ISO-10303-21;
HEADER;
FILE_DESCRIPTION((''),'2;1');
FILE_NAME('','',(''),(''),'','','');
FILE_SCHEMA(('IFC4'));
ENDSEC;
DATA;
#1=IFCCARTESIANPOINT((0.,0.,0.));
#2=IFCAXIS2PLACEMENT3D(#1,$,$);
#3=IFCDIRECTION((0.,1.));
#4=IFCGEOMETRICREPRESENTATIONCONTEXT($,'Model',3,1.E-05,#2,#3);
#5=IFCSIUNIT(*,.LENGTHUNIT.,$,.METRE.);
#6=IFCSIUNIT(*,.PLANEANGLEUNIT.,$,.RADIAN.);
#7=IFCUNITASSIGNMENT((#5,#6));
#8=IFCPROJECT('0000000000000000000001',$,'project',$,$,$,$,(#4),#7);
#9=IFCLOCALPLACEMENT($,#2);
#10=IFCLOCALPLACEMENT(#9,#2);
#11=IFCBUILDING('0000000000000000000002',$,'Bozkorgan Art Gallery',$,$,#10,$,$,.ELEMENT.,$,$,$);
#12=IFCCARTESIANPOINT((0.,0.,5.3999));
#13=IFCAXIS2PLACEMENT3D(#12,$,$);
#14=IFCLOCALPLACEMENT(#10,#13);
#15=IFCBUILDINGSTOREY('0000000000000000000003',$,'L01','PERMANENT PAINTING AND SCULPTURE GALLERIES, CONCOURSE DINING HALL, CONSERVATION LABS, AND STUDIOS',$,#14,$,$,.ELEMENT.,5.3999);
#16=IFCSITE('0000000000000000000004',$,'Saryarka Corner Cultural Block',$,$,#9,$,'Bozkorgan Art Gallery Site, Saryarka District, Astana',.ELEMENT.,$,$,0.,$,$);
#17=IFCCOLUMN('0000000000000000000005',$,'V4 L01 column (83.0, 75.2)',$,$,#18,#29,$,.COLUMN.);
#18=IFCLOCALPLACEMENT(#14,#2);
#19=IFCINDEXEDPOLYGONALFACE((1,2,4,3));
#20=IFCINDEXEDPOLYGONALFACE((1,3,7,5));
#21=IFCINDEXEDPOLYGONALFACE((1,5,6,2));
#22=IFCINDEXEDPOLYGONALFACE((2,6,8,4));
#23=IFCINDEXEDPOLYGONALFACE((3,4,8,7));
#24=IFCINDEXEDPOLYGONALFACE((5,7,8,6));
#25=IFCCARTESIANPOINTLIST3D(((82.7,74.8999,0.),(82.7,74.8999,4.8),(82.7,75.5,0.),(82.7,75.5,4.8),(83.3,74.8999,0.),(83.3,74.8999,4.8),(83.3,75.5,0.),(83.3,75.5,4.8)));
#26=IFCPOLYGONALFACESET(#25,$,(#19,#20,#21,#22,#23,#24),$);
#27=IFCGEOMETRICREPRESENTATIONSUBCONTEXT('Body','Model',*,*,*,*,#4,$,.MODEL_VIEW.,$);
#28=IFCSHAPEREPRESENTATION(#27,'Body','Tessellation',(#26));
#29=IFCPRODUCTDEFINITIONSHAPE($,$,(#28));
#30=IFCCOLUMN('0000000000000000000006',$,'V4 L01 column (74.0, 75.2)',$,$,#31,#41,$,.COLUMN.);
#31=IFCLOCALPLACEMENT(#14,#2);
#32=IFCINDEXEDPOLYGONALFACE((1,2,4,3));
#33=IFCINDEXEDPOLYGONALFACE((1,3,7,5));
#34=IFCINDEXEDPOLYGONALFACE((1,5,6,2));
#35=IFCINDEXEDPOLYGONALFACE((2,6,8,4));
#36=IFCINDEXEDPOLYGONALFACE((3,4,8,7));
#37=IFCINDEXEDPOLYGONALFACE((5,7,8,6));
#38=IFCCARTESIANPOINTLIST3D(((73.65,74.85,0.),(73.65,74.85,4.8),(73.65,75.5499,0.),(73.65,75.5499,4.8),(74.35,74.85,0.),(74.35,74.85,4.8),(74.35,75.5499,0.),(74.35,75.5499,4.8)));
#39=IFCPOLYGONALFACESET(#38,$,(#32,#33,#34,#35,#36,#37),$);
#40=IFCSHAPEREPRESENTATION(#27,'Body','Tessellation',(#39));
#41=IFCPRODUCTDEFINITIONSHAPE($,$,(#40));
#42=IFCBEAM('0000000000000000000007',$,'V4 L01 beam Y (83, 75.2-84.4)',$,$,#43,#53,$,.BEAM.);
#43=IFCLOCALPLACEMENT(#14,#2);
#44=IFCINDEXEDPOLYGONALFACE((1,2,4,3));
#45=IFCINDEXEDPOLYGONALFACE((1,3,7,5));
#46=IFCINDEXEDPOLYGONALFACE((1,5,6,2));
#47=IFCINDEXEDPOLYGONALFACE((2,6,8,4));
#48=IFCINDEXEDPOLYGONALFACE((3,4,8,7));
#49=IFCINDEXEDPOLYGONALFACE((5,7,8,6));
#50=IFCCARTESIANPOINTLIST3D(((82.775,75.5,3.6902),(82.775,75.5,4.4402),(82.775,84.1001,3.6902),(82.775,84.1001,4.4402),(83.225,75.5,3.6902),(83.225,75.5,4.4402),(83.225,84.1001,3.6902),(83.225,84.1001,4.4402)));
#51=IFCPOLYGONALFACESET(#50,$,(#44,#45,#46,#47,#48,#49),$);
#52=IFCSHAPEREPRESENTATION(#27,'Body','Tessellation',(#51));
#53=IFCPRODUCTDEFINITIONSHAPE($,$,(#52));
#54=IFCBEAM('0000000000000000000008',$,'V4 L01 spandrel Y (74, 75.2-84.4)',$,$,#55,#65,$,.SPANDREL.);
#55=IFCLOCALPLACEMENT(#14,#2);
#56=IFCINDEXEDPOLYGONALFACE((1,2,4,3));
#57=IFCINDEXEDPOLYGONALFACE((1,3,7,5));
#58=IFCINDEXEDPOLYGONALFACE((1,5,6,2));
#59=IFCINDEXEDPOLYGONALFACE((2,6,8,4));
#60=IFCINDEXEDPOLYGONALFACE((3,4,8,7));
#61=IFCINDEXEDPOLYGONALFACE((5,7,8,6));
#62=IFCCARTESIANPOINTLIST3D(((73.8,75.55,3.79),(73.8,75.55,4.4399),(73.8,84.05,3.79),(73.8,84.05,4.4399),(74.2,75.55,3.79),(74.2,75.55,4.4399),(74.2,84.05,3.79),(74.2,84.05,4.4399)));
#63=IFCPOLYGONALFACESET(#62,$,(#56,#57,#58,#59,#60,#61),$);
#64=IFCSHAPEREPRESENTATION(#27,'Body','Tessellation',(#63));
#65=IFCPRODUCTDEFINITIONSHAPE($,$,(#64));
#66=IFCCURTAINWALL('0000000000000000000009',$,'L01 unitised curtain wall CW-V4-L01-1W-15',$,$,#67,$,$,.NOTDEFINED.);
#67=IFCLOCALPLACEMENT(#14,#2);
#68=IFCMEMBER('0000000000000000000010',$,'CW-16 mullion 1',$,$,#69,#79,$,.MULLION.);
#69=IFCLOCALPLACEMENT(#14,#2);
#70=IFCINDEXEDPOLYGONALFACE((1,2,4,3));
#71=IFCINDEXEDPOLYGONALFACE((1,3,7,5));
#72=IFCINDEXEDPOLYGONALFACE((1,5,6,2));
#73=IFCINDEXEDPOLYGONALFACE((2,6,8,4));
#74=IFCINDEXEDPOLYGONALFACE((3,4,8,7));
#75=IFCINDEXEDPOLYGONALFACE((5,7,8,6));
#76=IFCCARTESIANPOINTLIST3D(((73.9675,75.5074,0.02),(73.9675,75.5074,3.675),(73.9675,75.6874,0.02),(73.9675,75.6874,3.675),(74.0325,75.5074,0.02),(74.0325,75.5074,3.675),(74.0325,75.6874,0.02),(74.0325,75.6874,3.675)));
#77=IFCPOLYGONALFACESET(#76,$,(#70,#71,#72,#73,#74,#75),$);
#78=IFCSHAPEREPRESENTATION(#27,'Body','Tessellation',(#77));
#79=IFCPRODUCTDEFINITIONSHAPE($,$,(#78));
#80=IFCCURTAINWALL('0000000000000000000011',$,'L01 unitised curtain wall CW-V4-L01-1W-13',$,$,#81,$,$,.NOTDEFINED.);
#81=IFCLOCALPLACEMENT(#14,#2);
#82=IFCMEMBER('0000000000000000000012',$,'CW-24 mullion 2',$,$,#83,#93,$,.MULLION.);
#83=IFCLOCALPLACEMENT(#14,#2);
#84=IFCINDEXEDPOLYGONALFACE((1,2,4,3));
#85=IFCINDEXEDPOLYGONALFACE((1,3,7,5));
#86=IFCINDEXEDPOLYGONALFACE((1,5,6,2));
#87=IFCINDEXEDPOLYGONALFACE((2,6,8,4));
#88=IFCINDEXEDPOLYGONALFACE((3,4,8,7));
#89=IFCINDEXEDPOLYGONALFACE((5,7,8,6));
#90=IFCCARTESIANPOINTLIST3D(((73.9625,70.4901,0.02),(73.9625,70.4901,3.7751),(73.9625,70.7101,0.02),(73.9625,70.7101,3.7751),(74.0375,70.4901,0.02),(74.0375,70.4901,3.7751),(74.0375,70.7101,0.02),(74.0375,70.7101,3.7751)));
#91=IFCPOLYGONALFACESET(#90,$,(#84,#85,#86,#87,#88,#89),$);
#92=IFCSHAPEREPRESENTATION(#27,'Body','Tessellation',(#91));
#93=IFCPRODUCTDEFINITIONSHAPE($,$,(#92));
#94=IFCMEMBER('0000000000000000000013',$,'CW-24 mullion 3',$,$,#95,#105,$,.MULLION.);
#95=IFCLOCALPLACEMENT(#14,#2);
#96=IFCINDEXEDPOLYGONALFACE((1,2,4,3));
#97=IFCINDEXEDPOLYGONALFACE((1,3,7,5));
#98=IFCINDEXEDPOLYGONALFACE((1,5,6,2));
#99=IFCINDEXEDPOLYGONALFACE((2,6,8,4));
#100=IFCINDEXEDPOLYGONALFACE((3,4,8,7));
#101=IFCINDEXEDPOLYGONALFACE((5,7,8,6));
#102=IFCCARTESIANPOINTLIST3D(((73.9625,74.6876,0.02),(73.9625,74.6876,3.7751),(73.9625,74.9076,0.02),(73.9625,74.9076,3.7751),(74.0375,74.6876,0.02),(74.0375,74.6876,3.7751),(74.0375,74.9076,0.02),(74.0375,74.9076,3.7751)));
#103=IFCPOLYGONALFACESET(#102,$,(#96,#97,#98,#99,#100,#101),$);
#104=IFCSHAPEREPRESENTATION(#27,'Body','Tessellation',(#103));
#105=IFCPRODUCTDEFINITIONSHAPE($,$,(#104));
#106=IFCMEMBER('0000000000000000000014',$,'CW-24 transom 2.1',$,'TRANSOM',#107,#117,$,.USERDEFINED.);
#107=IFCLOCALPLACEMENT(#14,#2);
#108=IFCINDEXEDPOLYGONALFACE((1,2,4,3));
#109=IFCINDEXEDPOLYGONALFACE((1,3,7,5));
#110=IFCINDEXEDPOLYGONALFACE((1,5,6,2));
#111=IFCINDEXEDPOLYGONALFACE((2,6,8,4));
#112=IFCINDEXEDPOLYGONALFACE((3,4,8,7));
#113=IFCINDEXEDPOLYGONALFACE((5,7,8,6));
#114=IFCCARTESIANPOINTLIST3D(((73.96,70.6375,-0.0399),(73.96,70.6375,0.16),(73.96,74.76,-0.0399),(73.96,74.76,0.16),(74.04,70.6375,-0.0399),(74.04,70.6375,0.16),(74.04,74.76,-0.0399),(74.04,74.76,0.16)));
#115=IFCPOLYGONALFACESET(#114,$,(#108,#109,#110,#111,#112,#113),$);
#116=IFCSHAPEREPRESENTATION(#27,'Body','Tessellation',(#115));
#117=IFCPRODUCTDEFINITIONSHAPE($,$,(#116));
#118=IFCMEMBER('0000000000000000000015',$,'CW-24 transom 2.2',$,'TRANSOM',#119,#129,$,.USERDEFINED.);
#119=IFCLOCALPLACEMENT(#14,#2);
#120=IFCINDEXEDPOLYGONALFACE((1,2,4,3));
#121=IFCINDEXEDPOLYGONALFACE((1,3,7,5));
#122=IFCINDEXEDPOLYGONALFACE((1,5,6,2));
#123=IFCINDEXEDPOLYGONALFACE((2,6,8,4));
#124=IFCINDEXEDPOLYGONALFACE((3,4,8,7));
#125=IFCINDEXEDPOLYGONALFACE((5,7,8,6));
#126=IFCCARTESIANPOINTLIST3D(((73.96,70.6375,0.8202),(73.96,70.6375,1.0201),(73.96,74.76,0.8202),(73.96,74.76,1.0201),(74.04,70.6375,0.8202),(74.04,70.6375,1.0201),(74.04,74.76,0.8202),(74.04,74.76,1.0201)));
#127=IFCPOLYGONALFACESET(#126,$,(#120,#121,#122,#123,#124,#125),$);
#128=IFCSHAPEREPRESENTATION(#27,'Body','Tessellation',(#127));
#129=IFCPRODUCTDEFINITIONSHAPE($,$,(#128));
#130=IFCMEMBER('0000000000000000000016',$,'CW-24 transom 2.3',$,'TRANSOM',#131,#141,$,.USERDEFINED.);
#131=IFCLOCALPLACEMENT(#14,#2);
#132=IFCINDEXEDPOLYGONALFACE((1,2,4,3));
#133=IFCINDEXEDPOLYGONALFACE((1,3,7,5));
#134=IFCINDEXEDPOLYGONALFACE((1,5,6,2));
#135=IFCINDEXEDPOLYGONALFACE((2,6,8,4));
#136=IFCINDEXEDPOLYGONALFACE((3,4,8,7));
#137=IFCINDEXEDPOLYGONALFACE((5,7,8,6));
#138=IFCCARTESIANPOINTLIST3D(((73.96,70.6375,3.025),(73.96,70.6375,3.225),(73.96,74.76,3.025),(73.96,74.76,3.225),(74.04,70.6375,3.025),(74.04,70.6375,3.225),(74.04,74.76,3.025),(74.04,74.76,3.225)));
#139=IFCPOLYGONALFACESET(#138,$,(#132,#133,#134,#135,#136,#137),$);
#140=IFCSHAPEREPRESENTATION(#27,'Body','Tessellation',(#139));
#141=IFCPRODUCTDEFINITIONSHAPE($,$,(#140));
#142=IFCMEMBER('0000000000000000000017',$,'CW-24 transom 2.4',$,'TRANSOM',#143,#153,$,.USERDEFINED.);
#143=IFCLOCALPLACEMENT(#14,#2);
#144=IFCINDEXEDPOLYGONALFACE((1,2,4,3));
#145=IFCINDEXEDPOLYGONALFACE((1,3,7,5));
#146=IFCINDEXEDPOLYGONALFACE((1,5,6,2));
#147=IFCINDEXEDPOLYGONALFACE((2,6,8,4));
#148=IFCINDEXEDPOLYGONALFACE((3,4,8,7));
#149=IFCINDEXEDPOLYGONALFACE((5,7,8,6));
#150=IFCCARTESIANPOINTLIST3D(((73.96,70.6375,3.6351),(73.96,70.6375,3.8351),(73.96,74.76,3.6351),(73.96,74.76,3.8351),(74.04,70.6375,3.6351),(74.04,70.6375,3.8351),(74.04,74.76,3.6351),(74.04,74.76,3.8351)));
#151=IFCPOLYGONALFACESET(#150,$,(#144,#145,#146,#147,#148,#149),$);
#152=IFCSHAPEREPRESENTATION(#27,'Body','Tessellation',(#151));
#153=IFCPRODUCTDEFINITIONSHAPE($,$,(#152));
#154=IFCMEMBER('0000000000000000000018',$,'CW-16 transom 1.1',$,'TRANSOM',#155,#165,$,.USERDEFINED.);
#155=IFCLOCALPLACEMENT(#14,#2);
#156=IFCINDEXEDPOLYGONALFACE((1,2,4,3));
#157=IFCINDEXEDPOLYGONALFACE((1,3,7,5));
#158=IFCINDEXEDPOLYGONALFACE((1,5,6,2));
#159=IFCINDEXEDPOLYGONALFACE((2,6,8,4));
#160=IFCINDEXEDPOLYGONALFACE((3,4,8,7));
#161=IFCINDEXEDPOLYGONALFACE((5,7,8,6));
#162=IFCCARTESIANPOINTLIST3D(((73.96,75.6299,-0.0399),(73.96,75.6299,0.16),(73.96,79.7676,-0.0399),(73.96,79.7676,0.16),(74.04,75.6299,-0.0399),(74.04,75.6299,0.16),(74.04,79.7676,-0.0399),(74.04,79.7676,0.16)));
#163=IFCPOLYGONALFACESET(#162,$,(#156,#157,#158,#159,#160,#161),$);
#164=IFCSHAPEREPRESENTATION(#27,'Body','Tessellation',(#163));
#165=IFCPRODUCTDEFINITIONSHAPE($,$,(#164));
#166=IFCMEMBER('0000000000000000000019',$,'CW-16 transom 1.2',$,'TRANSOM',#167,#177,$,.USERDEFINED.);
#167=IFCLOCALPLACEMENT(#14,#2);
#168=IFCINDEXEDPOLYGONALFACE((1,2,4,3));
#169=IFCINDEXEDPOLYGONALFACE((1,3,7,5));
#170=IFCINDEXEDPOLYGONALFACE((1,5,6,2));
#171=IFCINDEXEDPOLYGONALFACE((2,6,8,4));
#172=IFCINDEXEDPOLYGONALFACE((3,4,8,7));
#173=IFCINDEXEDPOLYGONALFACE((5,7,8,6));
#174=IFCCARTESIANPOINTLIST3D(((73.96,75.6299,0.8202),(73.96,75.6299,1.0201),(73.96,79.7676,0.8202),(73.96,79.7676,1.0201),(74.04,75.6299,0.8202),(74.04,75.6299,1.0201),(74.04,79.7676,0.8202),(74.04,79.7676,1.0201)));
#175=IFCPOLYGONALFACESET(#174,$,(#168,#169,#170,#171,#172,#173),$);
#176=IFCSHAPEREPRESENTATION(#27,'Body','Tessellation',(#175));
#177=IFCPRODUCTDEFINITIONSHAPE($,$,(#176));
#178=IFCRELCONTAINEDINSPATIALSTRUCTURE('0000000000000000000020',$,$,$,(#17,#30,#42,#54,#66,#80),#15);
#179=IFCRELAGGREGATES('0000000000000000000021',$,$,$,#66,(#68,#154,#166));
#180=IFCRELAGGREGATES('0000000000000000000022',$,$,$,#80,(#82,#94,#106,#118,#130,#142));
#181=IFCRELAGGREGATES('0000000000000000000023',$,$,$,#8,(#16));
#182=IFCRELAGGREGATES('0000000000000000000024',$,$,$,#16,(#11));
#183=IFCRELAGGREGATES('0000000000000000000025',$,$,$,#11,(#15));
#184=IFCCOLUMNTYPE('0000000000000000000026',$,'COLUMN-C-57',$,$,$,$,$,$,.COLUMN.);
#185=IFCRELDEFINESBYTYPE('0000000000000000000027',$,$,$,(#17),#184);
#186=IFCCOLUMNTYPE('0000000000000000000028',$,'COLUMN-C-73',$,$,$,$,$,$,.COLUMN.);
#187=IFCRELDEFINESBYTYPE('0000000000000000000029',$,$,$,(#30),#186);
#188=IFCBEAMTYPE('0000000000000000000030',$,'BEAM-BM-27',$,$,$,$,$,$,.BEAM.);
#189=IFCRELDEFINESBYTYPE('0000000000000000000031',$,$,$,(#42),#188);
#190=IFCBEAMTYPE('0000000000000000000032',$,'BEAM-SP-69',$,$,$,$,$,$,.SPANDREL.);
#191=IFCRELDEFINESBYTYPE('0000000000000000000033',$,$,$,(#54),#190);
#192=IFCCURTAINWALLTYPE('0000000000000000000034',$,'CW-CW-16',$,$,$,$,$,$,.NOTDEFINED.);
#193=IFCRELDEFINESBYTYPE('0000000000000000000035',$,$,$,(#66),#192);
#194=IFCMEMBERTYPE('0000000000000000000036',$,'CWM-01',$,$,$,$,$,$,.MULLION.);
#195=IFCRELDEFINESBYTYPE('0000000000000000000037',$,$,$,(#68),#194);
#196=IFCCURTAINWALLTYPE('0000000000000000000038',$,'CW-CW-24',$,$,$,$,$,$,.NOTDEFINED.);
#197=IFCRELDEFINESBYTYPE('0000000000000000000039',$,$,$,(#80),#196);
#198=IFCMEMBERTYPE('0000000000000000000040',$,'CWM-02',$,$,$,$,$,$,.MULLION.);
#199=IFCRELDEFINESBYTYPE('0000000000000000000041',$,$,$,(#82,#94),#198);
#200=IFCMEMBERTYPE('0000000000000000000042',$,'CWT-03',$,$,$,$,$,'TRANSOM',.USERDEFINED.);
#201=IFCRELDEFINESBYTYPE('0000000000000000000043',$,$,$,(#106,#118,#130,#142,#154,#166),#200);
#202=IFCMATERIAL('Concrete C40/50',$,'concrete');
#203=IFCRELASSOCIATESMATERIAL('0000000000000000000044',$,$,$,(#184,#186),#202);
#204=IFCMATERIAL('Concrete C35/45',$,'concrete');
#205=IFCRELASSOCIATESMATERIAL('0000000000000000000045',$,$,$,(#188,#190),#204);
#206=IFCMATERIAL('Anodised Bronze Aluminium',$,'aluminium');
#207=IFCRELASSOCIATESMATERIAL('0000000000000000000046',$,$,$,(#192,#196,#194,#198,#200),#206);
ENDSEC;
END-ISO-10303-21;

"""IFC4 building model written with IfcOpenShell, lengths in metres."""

from ifc_helpers import new_model, si_unit, direction, frame, origin, origin_2d, place, context, subcontext, project, spatial, rectangle, extrude, material, material_profile, profile_set, type_object, element, aggregate, save


model = new_model("IFC4")

# Units and contexts
model_context = context("Model", 3, precision=1e-05, world=origin(), true_north=direction((0.0, 1.0)))
body_context = subcontext(model_context, "Body", "Model", "MODEL_VIEW")
ifc_project = project(units=[si_unit("LENGTHUNIT", "METRE"), si_unit("PLANEANGLEUNIT", "RADIAN")], contexts=[model_context])

# Site, building, storey
site_placement = place(None, origin())
site = spatial("IfcSite", under=ifc_project, at=site_placement, Name="Saryarka Corner Cultural Block", LongName="Bozkorgan Art Gallery Site, Saryarka District, Astana", CompositionType="ELEMENT", RefElevation=0.0)
building_placement = place(site_placement, origin())
building = spatial("IfcBuilding", under=site, at=building_placement, Name="Bozkorgan Art Gallery", CompositionType="ELEMENT")
storey_placement = place(building_placement, frame((0.0, 0.0, 5.3999)))
storey = spatial("IfcBuildingStorey", under=building, at=storey_placement, Name="L01", Description="PERMANENT PAINTING AND SCULPTURE GALLERIES, CONCOURSE DINING HALL, CONSERVATION LABS, AND STUDIOS", CompositionType="ELEMENT", Elevation=5.3999)

# Columns
ifc_material_1 = material(Name="Concrete C40/50", Category="concrete")
ifc_material_profile_1 = material_profile(ifc_material_1, rectangle(XDim=0.6001, YDim=0.6001, at=origin_2d()), Name="RC 600x600")
ifc_profile_set_1 = profile_set([ifc_material_profile_1], Name="Concrete C40/50")
column_type_1 = type_object("IfcColumnType", Name="COLUMN-C-57", PredefinedType="COLUMN", material=ifc_profile_set_1)
column_1_placement = place(storey_placement, frame((83.0, 75.2, 0.0), z_axis=(0.0, 0.0, 1.0), x_axis=(1.0, 0.0, 0.0)))
element("IfcColumn", 1, at=column_1_placement, inside=storey, type_object=column_type_1, Name="V4 L01 column (83.0, 75.2)", PredefinedType="COLUMN", context=body_context, shape_type="SweptSolid", body=[
    extrude(rectangle(XDim=0.6001, YDim=0.6001, at=origin_2d()), origin(), (0.0, 0.0, 1.0), 4.8),
])
ifc_material_profile_2 = material_profile(ifc_material_1, rectangle(XDim=0.7, YDim=0.7, at=origin_2d()), Name="RC 700x700")
ifc_profile_set_2 = profile_set([ifc_material_profile_2], Name="Concrete C40/50")
column_type_2 = type_object("IfcColumnType", Name="COLUMN-C-73", PredefinedType="COLUMN", material=ifc_profile_set_2)
column_2_placement = place(storey_placement, frame((74.0, 75.2, 0.0), z_axis=(0.0, 0.0, 1.0), x_axis=(1.0, 0.0, 0.0)))
element("IfcColumn", 2, at=column_2_placement, inside=storey, type_object=column_type_2, Name="V4 L01 column (74.0, 75.2)", PredefinedType="COLUMN", context=body_context, shape_type="SweptSolid", body=[
    extrude(rectangle(XDim=0.7, YDim=0.7, at=origin_2d()), origin(), (0.0, 0.0, 1.0), 4.8),
])

# Beams
ifc_material_2 = material(Name="Concrete C35/45", Category="concrete")
ifc_material_profile_3 = material_profile(ifc_material_2, rectangle(XDim=0.45, YDim=0.75, at=origin_2d()), Name="RC 450x750")
ifc_profile_set_3 = profile_set([ifc_material_profile_3], Name="Concrete C35/45")
beam_type_1 = type_object("IfcBeamType", Name="BEAM-BM-27", PredefinedType="BEAM", material=ifc_profile_set_3)
beam_1_placement = place(storey_placement, frame((83.0, 75.5, 4.0652), z_axis=(0.0, 1.0, 0.0), x_axis=(-1.0, 0.0, 0.0)))
element("IfcBeam", 3, at=beam_1_placement, inside=storey, type_object=beam_type_1, Name="V4 L01 beam Y (83, 75.2-84.4)", PredefinedType="BEAM", context=body_context, shape_type="SweptSolid", body=[
    extrude(rectangle(XDim=0.45, YDim=0.75, at=origin_2d()), origin(), (0.0, 0.0, 1.0), 8.6001),
])
ifc_material_profile_4 = material_profile(ifc_material_2, rectangle(XDim=0.3999, YDim=0.6499, at=origin_2d()), Name="RC 400x650")
ifc_profile_set_4 = profile_set([ifc_material_profile_4], Name="Concrete C35/45")
beam_type_2 = type_object("IfcBeamType", Name="BEAM-SP-69", PredefinedType="SPANDREL", material=ifc_profile_set_4)
beam_2_placement = place(storey_placement, frame((74.0, 75.55, 4.115), z_axis=(0.0, 1.0, 0.0), x_axis=(-1.0, 0.0, 0.0)))
element("IfcBeam", 4, at=beam_2_placement, inside=storey, type_object=beam_type_2, Name="V4 L01 spandrel Y (74, 75.2-84.4)", PredefinedType="SPANDREL", context=body_context, shape_type="SweptSolid", body=[
    extrude(rectangle(XDim=0.3999, YDim=0.6499, at=origin_2d()), origin(), (0.0, 0.0, 1.0), 8.5),
])

# Curtain wall, member
ifc_material_3 = material(Name="Anodised Bronze Aluminium", Category="aluminium")
curtain_wall_type_1 = type_object("IfcCurtainWallType", Name="CW-CW-16", PredefinedType="NOTDEFINED", material=ifc_material_3)
curtain_wall_1_placement = place(storey_placement, origin())
curtain_wall_1 = element("IfcCurtainWall", 5, at=curtain_wall_1_placement, inside=storey, type_object=curtain_wall_type_1, Name="L01 unitised curtain wall CW-V4-L01-1W-15", PredefinedType="NOTDEFINED")
ifc_material_profile_5 = material_profile(ifc_material_3, rectangle(XDim=0.0649, YDim=0.1799, at=origin_2d()), Name="ALU MULLION 65x180")
ifc_profile_set_5 = profile_set([ifc_material_profile_5], Name="Anodised Bronze Aluminium")
member_type_1 = type_object("IfcMemberType", Name="CWM-01", PredefinedType="MULLION", material=ifc_profile_set_5)
member_1_placement = place(storey_placement, frame((74.0, 75.5974, 0.02), z_axis=(0.0, 0.0, 1.0), x_axis=(-1.0, 0.0, 0.0)))
member_1 = element("IfcMember", 6, at=member_1_placement, type_object=member_type_1, Name="CW-16 mullion 1", PredefinedType="MULLION", context=body_context, shape_type="SweptSolid", body=[
    extrude(rectangle(XDim=0.0649, YDim=0.1799, at=origin_2d()), origin(), (0.0, 0.0, 1.0), 3.655),
])

# Curtain wall, members
curtain_wall_type_2 = type_object("IfcCurtainWallType", Name="CW-CW-24", PredefinedType="NOTDEFINED", material=ifc_material_3)
curtain_wall_2_placement = place(storey_placement, origin())
curtain_wall_2 = element("IfcCurtainWall", 7, at=curtain_wall_2_placement, inside=storey, type_object=curtain_wall_type_2, Name="L01 unitised curtain wall CW-V4-L01-1W-13", PredefinedType="NOTDEFINED")
ifc_material_profile_6 = material_profile(ifc_material_3, rectangle(XDim=0.075, YDim=0.22, at=origin_2d()), Name="ALU MULLION 75x220")
ifc_profile_set_6 = profile_set([ifc_material_profile_6], Name="Anodised Bronze Aluminium")
member_type_2 = type_object("IfcMemberType", Name="CWM-02", PredefinedType="MULLION", material=ifc_profile_set_6)
member_2_placement = place(storey_placement, frame((74.0, 70.6001, 0.02), z_axis=(0.0, 0.0, 1.0), x_axis=(-1.0, 0.0, 0.0)))
member_2 = element("IfcMember", 8, at=member_2_placement, type_object=member_type_2, Name="CW-24 mullion 2", PredefinedType="MULLION", context=body_context, shape_type="SweptSolid", body=[
    extrude(rectangle(XDim=0.075, YDim=0.22, at=origin_2d()), origin(), (0.0, 0.0, 1.0), 3.7551),
])
member_3_placement = place(storey_placement, frame((74.0, 74.7976, 0.02), z_axis=(0.0, 0.0, 1.0), x_axis=(-1.0, 0.0, 0.0)))
member_3 = element("IfcMember", 9, at=member_3_placement, type_object=member_type_2, Name="CW-24 mullion 3", PredefinedType="MULLION", context=body_context, shape_type="SweptSolid", body=[
    extrude(rectangle(XDim=0.075, YDim=0.22, at=origin_2d()), origin(), (0.0, 0.0, 1.0), 3.7551),
])
ifc_material_profile_7 = material_profile(ifc_material_3, rectangle(XDim=0.0801, YDim=0.2, at=origin_2d()), Name="ALU TRANSOM 80x200")
ifc_profile_set_7 = profile_set([ifc_material_profile_7], Name="Anodised Bronze Aluminium")
member_type_3 = type_object("IfcMemberType", Name="CWT-03", ElementType="TRANSOM", PredefinedType="USERDEFINED", material=ifc_profile_set_7)
member_4_placement = place(storey_placement, frame((74.0, 70.6375, 0.0601), z_axis=(0.0, 1.0, 0.0), x_axis=(-1.0, 0.0, 0.0)))
member_4 = element("IfcMember", 10, at=member_4_placement, type_object=member_type_3, Name="CW-24 transom 2.1", ObjectType="TRANSOM", PredefinedType="USERDEFINED", context=body_context, shape_type="SweptSolid", body=[
    extrude(rectangle(XDim=0.0801, YDim=0.2, at=origin_2d()), origin(), (0.0, 0.0, 1.0), 4.1226),
])
member_5_placement = place(storey_placement, frame((74.0, 70.6375, 0.9202), z_axis=(0.0, 1.0, 0.0), x_axis=(-1.0, 0.0, 0.0)))
member_5 = element("IfcMember", 11, at=member_5_placement, type_object=member_type_3, Name="CW-24 transom 2.2", ObjectType="TRANSOM", PredefinedType="USERDEFINED", context=body_context, shape_type="SweptSolid", body=[
    extrude(rectangle(XDim=0.0801, YDim=0.2, at=origin_2d()), origin(), (0.0, 0.0, 1.0), 4.1226),
])
member_6_placement = place(storey_placement, frame((74.0, 70.6375, 3.125), z_axis=(0.0, 1.0, 0.0), x_axis=(-1.0, 0.0, 0.0)))
member_6 = element("IfcMember", 12, at=member_6_placement, type_object=member_type_3, Name="CW-24 transom 2.3", ObjectType="TRANSOM", PredefinedType="USERDEFINED", context=body_context, shape_type="SweptSolid", body=[
    extrude(rectangle(XDim=0.0801, YDim=0.2, at=origin_2d()), origin(), (0.0, 0.0, 1.0), 4.1226),
])
member_7_placement = place(storey_placement, frame((74.0, 70.6375, 3.7351), z_axis=(0.0, 1.0, 0.0), x_axis=(-1.0, 0.0, 0.0)))
member_7 = element("IfcMember", 13, at=member_7_placement, type_object=member_type_3, Name="CW-24 transom 2.4", ObjectType="TRANSOM", PredefinedType="USERDEFINED", context=body_context, shape_type="SweptSolid", body=[
    extrude(rectangle(XDim=0.0801, YDim=0.2, at=origin_2d()), origin(), (0.0, 0.0, 1.0), 4.1226),
])

# Members
member_8_placement = place(storey_placement, frame((74.0, 75.6299, 0.0601), z_axis=(0.0, 1.0, 0.0), x_axis=(-1.0, 0.0, 0.0)))
member_8 = element("IfcMember", 14, at=member_8_placement, type_object=member_type_3, Name="CW-16 transom 1.1", ObjectType="TRANSOM", PredefinedType="USERDEFINED", context=body_context, shape_type="SweptSolid", body=[
    extrude(rectangle(XDim=0.0801, YDim=0.2, at=origin_2d()), origin(), (0.0, 0.0, 1.0), 4.1377),
])
member_9_placement = place(storey_placement, frame((74.0, 75.6299, 0.9202), z_axis=(0.0, 1.0, 0.0), x_axis=(-1.0, 0.0, 0.0)))
member_9 = element("IfcMember", 15, at=member_9_placement, type_object=member_type_3, Name="CW-16 transom 1.2", ObjectType="TRANSOM", PredefinedType="USERDEFINED", context=body_context, shape_type="SweptSolid", body=[
    extrude(rectangle(XDim=0.0801, YDim=0.2, at=origin_2d()), origin(), (0.0, 0.0, 1.0), 4.1377),
])
aggregate(curtain_wall_1, [member_1, member_8, member_9])

aggregate(curtain_wall_2, [member_2, member_3, member_4, member_5, member_6, member_7])

save(model, "model.ifc")
